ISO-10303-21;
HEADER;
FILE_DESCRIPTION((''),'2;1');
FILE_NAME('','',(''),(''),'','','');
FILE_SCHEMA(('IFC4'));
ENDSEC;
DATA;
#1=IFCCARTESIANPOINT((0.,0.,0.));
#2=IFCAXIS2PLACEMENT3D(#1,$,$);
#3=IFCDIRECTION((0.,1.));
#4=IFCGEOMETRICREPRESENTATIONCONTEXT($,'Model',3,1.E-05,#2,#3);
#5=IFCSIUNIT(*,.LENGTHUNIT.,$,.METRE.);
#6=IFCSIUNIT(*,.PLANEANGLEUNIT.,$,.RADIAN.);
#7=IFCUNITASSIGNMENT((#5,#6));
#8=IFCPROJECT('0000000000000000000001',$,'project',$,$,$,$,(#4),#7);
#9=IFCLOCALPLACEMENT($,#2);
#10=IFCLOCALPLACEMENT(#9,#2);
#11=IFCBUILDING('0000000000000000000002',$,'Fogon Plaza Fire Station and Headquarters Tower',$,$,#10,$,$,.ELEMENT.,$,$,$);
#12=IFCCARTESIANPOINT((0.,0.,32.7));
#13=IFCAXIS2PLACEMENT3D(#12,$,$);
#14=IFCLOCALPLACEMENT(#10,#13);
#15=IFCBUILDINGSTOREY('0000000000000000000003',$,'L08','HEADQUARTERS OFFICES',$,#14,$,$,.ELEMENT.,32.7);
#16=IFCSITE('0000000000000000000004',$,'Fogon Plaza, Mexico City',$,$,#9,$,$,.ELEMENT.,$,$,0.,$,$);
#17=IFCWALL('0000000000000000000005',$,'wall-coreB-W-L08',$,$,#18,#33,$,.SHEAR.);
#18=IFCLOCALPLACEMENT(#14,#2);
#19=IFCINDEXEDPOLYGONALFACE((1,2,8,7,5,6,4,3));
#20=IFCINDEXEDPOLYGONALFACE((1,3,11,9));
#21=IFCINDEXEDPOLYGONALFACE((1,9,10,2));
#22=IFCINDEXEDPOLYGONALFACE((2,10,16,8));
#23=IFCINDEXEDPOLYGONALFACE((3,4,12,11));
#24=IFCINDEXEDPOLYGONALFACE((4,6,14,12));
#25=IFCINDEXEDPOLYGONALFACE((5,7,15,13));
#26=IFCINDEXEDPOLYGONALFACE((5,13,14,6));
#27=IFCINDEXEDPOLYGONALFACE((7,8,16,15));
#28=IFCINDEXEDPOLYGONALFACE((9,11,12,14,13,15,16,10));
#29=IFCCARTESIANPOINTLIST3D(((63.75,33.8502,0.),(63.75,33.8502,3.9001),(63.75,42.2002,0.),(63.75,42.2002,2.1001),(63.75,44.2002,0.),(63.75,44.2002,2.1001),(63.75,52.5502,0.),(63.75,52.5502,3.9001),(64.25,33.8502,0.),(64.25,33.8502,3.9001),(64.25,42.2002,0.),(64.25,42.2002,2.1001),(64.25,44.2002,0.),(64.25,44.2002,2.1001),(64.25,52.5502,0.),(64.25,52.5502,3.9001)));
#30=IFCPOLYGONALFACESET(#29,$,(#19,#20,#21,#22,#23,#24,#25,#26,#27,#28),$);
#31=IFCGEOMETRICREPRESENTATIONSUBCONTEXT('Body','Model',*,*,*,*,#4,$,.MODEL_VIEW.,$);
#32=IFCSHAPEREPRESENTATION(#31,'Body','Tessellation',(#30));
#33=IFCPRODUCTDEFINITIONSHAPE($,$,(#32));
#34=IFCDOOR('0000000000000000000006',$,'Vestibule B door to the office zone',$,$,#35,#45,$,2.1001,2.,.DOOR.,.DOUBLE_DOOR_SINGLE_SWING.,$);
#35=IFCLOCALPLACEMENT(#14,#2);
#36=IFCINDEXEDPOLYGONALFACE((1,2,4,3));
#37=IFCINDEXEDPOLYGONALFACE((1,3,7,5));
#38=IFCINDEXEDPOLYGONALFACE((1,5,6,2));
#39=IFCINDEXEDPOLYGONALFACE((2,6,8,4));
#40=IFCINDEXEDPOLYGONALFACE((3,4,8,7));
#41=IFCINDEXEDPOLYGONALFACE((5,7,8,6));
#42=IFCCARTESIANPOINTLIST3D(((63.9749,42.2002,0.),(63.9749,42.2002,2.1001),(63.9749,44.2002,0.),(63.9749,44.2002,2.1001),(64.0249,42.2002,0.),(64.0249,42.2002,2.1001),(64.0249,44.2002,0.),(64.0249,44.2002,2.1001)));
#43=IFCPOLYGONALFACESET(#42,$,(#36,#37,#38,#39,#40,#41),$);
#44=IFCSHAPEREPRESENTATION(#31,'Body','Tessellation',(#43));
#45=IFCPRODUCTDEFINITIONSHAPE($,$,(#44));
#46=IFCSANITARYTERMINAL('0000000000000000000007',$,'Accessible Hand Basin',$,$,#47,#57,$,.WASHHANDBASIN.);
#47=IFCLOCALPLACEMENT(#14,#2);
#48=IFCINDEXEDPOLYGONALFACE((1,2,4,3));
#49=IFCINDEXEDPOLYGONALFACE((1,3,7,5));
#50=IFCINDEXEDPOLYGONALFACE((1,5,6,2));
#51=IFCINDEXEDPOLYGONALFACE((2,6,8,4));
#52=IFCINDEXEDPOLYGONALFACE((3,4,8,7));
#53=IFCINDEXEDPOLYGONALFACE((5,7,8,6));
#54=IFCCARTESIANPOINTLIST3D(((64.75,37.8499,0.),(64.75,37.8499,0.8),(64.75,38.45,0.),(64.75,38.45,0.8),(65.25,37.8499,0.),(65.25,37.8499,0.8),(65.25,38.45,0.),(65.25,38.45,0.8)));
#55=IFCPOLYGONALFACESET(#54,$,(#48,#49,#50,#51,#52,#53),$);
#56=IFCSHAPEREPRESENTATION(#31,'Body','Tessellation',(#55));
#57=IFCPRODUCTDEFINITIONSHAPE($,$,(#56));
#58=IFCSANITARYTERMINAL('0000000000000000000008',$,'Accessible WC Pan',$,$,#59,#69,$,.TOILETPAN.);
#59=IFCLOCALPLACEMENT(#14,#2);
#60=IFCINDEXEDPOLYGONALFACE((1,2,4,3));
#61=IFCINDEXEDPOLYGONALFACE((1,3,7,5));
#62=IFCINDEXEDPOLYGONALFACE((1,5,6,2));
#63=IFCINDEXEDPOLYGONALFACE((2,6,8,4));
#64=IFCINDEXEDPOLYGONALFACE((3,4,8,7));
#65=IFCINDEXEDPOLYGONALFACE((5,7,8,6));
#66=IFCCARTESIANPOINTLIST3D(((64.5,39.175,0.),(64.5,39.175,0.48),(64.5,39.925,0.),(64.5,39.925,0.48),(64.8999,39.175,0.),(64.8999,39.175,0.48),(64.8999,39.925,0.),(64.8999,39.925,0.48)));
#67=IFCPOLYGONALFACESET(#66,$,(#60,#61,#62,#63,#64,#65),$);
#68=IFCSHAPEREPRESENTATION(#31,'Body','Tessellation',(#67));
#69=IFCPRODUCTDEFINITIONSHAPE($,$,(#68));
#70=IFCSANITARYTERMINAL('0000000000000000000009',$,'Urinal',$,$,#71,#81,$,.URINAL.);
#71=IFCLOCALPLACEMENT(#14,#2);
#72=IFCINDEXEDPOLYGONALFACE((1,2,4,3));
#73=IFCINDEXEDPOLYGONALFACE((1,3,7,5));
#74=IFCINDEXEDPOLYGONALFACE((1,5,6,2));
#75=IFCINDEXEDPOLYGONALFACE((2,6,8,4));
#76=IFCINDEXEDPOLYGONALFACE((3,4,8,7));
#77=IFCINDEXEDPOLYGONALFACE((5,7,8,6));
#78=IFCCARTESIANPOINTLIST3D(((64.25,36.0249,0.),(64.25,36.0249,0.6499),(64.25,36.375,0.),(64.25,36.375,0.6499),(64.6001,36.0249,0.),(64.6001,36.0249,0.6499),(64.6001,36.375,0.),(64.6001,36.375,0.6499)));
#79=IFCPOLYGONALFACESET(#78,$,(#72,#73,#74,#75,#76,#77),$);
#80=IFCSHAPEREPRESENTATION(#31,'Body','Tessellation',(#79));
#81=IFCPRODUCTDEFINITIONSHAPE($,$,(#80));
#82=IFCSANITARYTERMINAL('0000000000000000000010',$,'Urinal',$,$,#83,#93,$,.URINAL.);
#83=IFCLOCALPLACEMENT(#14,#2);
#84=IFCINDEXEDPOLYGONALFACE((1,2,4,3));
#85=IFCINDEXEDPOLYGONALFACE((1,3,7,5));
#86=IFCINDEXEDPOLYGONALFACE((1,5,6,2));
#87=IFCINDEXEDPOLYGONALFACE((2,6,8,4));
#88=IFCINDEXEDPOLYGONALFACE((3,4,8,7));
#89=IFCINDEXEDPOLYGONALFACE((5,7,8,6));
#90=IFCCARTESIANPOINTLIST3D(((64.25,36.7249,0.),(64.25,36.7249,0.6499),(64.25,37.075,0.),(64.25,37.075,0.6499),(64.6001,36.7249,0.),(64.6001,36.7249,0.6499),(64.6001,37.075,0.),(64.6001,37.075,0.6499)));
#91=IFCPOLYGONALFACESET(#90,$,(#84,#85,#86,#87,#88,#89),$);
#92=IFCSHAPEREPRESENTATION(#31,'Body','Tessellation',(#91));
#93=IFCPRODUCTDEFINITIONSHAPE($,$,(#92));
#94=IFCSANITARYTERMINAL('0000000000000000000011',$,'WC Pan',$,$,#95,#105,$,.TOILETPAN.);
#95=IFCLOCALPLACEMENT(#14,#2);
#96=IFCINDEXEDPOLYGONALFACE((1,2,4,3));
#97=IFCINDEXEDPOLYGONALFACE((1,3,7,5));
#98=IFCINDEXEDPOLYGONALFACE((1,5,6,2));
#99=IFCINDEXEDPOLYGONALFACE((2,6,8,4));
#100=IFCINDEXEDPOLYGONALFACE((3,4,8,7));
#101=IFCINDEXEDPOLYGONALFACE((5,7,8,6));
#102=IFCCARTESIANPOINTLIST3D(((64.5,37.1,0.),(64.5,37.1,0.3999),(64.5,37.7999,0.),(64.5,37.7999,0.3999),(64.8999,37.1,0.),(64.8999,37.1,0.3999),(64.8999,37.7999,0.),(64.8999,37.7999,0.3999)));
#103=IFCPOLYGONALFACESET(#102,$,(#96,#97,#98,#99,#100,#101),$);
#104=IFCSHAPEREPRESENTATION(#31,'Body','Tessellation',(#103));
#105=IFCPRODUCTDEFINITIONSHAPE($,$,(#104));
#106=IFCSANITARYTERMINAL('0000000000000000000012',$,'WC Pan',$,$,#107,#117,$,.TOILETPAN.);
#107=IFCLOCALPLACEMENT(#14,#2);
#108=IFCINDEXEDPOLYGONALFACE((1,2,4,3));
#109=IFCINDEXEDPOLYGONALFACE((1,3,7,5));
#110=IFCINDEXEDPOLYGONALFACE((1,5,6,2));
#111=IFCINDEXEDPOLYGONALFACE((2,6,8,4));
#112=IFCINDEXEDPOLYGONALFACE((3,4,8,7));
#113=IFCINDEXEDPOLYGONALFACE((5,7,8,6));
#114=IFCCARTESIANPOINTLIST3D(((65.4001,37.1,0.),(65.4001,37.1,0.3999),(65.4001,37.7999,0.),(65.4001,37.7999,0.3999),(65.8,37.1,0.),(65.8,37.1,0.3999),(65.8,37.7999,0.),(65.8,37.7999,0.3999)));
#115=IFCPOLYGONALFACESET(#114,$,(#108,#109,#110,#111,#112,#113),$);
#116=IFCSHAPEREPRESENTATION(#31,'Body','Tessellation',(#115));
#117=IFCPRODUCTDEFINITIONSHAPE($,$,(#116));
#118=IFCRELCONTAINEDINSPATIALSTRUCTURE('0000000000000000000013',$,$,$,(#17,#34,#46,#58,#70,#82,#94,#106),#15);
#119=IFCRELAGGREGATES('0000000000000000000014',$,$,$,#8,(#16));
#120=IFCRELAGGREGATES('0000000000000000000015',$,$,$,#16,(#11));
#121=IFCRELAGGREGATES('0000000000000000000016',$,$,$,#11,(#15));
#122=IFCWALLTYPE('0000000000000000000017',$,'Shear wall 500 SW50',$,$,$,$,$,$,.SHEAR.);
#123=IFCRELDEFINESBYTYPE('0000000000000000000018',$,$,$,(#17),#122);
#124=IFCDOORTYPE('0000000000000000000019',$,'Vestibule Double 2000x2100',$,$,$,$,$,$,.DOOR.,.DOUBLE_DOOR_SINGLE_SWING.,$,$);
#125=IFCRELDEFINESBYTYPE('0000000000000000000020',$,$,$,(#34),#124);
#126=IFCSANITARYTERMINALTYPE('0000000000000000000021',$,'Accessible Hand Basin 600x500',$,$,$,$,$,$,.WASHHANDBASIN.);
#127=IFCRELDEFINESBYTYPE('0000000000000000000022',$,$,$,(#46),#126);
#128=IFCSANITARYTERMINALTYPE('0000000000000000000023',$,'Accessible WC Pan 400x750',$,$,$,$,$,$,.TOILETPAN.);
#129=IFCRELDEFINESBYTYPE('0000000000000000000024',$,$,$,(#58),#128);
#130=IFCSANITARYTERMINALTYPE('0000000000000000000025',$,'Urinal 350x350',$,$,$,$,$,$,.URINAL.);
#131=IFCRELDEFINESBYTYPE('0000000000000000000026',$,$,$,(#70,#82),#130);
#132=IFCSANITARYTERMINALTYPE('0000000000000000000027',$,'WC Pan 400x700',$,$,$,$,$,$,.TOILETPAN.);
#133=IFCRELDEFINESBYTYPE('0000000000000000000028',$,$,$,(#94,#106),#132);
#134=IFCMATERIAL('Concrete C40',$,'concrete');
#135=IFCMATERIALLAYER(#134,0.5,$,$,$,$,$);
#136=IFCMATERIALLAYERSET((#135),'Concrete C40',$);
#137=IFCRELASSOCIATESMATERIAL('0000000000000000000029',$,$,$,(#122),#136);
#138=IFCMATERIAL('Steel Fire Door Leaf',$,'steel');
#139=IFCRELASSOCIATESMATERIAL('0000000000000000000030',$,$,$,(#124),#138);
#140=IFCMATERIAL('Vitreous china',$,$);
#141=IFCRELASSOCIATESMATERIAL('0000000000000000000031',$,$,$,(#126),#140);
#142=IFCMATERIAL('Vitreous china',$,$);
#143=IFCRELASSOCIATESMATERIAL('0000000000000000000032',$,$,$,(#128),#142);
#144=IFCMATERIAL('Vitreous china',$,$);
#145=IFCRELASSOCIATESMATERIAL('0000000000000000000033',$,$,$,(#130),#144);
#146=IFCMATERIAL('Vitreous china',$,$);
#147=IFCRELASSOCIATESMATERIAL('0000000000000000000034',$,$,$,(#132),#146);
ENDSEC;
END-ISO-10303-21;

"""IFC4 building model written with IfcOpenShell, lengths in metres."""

from ifc_helpers import new_model, si_unit, direction, frame, frame_2d, origin, origin_2d, place, context, subcontext, project, spatial, rectangle, extrude, material, layer, layer_set, type_object, element, fill, save


model = new_model("IFC4")

# Units and contexts
model_context = context("Model", 3, precision=1e-05, world=origin(), true_north=direction((0.0, 1.0)))
body_context = subcontext(model_context, "Body", "Model", "MODEL_VIEW")
ifc_project = project(units=[si_unit("LENGTHUNIT", "METRE"), si_unit("PLANEANGLEUNIT", "RADIAN")], contexts=[model_context])

# Site, building, storey
site_placement = place(None, origin())
site = spatial("IfcSite", under=ifc_project, at=site_placement, Name="Fogon Plaza, Mexico City", CompositionType="ELEMENT", RefElevation=0.0)
building_placement = place(site_placement, origin())
building = spatial("IfcBuilding", under=site, at=building_placement, Name="Fogon Plaza Fire Station and Headquarters Tower", CompositionType="ELEMENT")
storey_placement = place(building_placement, frame((0.0, 0.0, 32.7)))
storey = spatial("IfcBuildingStorey", under=building, at=storey_placement, Name="L08", Description="HEADQUARTERS OFFICES", CompositionType="ELEMENT", Elevation=32.7)

# Shared definitions
ifc_material_1 = material(Name="Concrete C40", Category="concrete")
ifc_layer_1 = layer(ifc_material_1, 0.5)
ifc_layer_set_1 = layer_set([ifc_layer_1], Name="Concrete C40")
wall_type_1 = type_object("IfcWallType", Name="Shear wall 500 SW50", PredefinedType="SHEAR", material=ifc_layer_set_1)

# Wall, opening, door
wall_1_placement = place(storey_placement, frame((64.0, 33.8501, 0.0), z_axis=(0.0, 0.0, 1.0), x_axis=(0.0, 1.0, 0.0)))
wall_1 = element("IfcWall", 1, at=wall_1_placement, inside=storey, type_object=wall_type_1, Name="wall-coreB-W-L08", PredefinedType="SHEAR", context=body_context, shape_type="SweptSolid", body=[
    extrude(rectangle(XDim=18.7, YDim=0.5, at=frame_2d((9.3501, 0.0))), origin(), (0.0, 0.0, 1.0), 3.9001),
])
opening_1_placement = place(wall_1_placement, frame((8.3501, 0.0, 0.0)))
opening_1 = element("IfcOpeningElement", 2, at=opening_1_placement, cuts=wall_1, PredefinedType="OPENING", context=body_context, shape_type="SweptSolid", body=[
    extrude(rectangle(XDim=2.0, YDim=2.1001, at=frame_2d((1.0, 1.05))), frame((0.0, 0.26, 0.0), z_axis=(0.0, -1.0, 0.0), x_axis=(1.0, 0.0, 0.0)), (0.0, 0.0, 1.0), 0.52),
])
ifc_material_2 = material(Name="Steel Fire Door Leaf", Category="steel")
door_type = type_object("IfcDoorType", Name="Vestibule Double 2000x2100", OperationType="DOUBLE_DOOR_SINGLE_SWING", PredefinedType="DOOR", material=ifc_material_2)
door_placement = place(opening_1_placement, frame((2.0, 0.0, 0.0), z_axis=(0.0, 0.0, 1.0), x_axis=(-1.0, 0.0, 0.0)))
door = element("IfcDoor", 3, at=door_placement, inside=storey, type_object=door_type, Name="Vestibule B door to the office zone", OperationType="DOUBLE_DOOR_SINGLE_SWING", OverallHeight=2.1001, OverallWidth=2.0, PredefinedType="DOOR", context=body_context, shape_type="SweptSolid", body=[
    extrude(rectangle(XDim=2.0, YDim=2.1001, at=frame_2d((1.0, 1.05))), frame((0.0, 0.0249, 0.0), z_axis=(0.0, -1.0, 0.0), x_axis=(1.0, 0.0, 0.0)), (0.0, 0.0, 1.0), 0.05),
])
fill(opening_1, door)

# Sanitary terminals
ifc_material_3 = material(Name="Vitreous china")
sanitary_terminal_type_1 = type_object("IfcSanitaryTerminalType", Name="Accessible Hand Basin 600x500", PredefinedType="WASHHANDBASIN", material=ifc_material_3)
sanitary_terminal_1_placement = place(storey_placement, frame((65.0, 38.1499, 0.0), z_axis=(0.0, 0.0, 1.0), x_axis=(1.0, 0.0, 0.0)))
element("IfcSanitaryTerminal", 4, at=sanitary_terminal_1_placement, inside=storey, type_object=sanitary_terminal_type_1, Name="Accessible Hand Basin", PredefinedType="WASHHANDBASIN", context=body_context, shape_type="SweptSolid", body=[
    extrude(rectangle(XDim=0.5, YDim=0.6001, at=origin_2d()), origin(), (0.0, 0.0, 1.0), 0.8),
])
ifc_material_4 = material(Name="Vitreous china")
sanitary_terminal_type_2 = type_object("IfcSanitaryTerminalType", Name="Accessible WC Pan 400x750", PredefinedType="TOILETPAN", material=ifc_material_4)
sanitary_terminal_2_placement = place(storey_placement, frame((64.7, 39.55, 0.0), z_axis=(0.0, 0.0, 1.0), x_axis=(1.0, 0.0, 0.0)))
element("IfcSanitaryTerminal", 5, at=sanitary_terminal_2_placement, inside=storey, type_object=sanitary_terminal_type_2, Name="Accessible WC Pan", PredefinedType="TOILETPAN", context=body_context, shape_type="SweptSolid", body=[
    extrude(rectangle(XDim=0.3999, YDim=0.75, at=origin_2d()), origin(), (0.0, 0.0, 1.0), 0.48),
])
ifc_material_5 = material(Name="Vitreous china")
sanitary_terminal_type_3 = type_object("IfcSanitaryTerminalType", Name="Urinal 350x350", PredefinedType="URINAL", material=ifc_material_5)
for number, where, z_axis, x_axis, name in (
    (6, (64.425, 36.2, 0.0), (0.0, 0.0, 1.0), (1.0, 0.0, 0.0), "Urinal"),
    (7, (64.425, 36.8999, 0.0), (0.0, 0.0, 1.0), (1.0, 0.0, 0.0), "Urinal"),
):
    element("IfcSanitaryTerminal", number, at=place(storey_placement, frame(where, z_axis=z_axis, x_axis=x_axis)), inside=storey, type_object=sanitary_terminal_type_3, Name=name, PredefinedType="URINAL", context=body_context, shape_type="SweptSolid", body=[
        extrude(rectangle(XDim=0.3501, YDim=0.3501, at=origin_2d()), origin(), (0.0, 0.0, 1.0), 0.6499),
    ])
ifc_material_6 = material(Name="Vitreous china")
sanitary_terminal_type_4 = type_object("IfcSanitaryTerminalType", Name="WC Pan 400x700", PredefinedType="TOILETPAN", material=ifc_material_6)
for number, where, z_axis, x_axis, name in (
    (8, (64.7, 37.45, 0.0), (0.0, 0.0, 1.0), (1.0, 0.0, 0.0), "WC Pan"),
    (9, (65.6001, 37.45, 0.0), (0.0, 0.0, 1.0), (1.0, 0.0, 0.0), "WC Pan"),
):
    element("IfcSanitaryTerminal", number, at=place(storey_placement, frame(where, z_axis=z_axis, x_axis=x_axis)), inside=storey, type_object=sanitary_terminal_type_4, Name=name, PredefinedType="TOILETPAN", context=body_context, shape_type="SweptSolid", body=[
        extrude(rectangle(XDim=0.3999, YDim=0.7, at=origin_2d()), origin(), (0.0, 0.0, 1.0), 0.3999),
    ])

save(model, "model.ifc")
